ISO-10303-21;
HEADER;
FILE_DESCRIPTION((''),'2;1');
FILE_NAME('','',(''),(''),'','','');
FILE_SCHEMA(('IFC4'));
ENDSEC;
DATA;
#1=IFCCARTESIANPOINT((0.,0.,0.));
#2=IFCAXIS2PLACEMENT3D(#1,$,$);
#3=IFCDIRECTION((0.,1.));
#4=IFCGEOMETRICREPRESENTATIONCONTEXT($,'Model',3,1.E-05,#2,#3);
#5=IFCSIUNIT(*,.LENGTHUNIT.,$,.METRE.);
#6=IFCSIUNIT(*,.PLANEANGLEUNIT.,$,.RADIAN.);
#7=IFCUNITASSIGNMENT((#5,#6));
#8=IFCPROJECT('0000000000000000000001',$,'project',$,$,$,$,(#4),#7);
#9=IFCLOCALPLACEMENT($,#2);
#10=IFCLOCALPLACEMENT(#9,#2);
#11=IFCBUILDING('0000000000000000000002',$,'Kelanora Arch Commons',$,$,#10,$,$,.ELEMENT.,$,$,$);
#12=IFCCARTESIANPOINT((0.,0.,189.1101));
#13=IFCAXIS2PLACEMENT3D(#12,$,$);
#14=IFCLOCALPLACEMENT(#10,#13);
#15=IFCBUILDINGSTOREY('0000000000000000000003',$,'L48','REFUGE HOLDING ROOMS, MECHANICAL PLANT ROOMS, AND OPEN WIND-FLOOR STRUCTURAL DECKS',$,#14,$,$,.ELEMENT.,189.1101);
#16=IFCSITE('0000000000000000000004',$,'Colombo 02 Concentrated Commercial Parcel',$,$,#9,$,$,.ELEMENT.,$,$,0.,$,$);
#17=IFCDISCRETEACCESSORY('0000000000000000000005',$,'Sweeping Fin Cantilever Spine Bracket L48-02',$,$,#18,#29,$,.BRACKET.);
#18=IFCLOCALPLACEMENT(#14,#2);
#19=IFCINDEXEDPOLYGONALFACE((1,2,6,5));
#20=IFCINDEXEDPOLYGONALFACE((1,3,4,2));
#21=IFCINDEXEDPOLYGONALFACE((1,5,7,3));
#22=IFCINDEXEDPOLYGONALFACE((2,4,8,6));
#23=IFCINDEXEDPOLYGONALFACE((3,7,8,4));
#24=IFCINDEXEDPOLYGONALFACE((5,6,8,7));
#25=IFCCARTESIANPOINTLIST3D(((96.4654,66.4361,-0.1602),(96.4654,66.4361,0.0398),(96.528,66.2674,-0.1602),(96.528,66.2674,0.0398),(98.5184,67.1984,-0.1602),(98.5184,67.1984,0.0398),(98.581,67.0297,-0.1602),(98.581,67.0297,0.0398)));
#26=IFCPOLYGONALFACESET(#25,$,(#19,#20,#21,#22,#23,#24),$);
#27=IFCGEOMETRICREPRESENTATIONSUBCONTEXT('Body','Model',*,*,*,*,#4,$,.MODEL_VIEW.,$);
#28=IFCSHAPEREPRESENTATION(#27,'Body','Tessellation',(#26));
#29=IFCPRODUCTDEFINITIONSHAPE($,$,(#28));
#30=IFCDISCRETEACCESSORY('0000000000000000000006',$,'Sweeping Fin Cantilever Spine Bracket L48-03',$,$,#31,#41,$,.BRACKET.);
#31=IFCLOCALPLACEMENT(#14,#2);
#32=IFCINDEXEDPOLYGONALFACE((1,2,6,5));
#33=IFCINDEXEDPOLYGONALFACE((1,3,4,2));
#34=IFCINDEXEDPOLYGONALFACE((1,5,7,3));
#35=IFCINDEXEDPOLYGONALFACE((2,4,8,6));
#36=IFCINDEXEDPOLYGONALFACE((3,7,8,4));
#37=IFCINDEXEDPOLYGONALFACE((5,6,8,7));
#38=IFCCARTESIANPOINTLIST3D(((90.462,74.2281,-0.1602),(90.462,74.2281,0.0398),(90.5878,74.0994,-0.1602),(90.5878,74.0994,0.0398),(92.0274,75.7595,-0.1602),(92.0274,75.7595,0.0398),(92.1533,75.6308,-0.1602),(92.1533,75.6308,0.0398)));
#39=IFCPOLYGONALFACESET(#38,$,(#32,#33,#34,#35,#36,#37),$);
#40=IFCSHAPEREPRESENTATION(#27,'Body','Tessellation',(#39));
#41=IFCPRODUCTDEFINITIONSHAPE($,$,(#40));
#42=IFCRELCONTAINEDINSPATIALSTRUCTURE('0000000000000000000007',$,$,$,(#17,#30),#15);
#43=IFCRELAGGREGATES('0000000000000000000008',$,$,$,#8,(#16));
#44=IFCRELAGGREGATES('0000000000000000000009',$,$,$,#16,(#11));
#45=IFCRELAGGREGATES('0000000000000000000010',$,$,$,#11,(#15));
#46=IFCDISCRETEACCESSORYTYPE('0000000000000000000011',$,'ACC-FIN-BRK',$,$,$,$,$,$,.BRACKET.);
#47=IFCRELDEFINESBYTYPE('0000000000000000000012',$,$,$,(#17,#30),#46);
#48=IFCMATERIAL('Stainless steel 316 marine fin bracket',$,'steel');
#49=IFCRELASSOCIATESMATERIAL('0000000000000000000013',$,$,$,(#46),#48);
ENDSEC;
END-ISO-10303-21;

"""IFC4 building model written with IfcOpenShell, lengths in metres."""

from ifc_helpers import new_model, si_unit, direction, frame, origin, origin_2d, place, context, subcontext, project, spatial, rectangle, extrude, source, transform, mapped, material, type_object, element, save


model = new_model("IFC4")

# Units and contexts
model_context = context("Model", 3, precision=1e-05, world=origin(), true_north=direction((0.0, 1.0)))
body_context = subcontext(model_context, "Body", "Model", "MODEL_VIEW")
ifc_project = project(units=[si_unit("LENGTHUNIT", "METRE"), si_unit("PLANEANGLEUNIT", "RADIAN")], contexts=[model_context])

# Site, building, storey
site_placement = place(None, origin())
site = spatial("IfcSite", under=ifc_project, at=site_placement, Name="Colombo 02 Concentrated Commercial Parcel", CompositionType="ELEMENT", RefElevation=0.0)
building_placement = place(site_placement, origin())
building = spatial("IfcBuilding", under=site, at=building_placement, Name="Kelanora Arch Commons", CompositionType="ELEMENT")
storey_placement = place(building_placement, frame((0.0, 0.0, 189.1101)))
storey = spatial("IfcBuildingStorey", under=building, at=storey_placement, Name="L48", Description="REFUGE HOLDING ROOMS, MECHANICAL PLANT ROOMS, AND OPEN WIND-FLOOR STRUCTURAL DECKS", CompositionType="ELEMENT", Elevation=189.1101)

# Discrete accessories
ifc_material_1 = material(Name="Stainless steel 316 marine fin bracket", Category="steel")
discrete_accessory_type_1 = type_object("IfcDiscreteAccessoryType", Name="ACC-FIN-BRK", PredefinedType="BRACKET", material=ifc_material_1)
shared_shape_1 = source(origin(), body_context, "Body", "SweptSolid", [
    extrude(rectangle(XDim=2.1899, YDim=0.1799, at=origin_2d()), origin(), (0.0, 0.0, 1.0), 0.2),
])
for number, where, z_axis, x_axis, name in (
    (1, (97.5232, 66.7329, -0.1602), (0.0, 0.0, 1.0), (0.937464, 0.348081, 0.0), "Sweeping Fin Cantilever Spine Bracket L48-02"),
    (2, (91.3076, 74.9294, -0.1602), (0.0, 0.0, 1.0), (0.714839, 0.699289, 0.0), "Sweeping Fin Cantilever Spine Bracket L48-03"),
):
    element("IfcDiscreteAccessory", number, at=place(storey_placement, frame(where, z_axis=z_axis, x_axis=x_axis)), inside=storey, type_object=discrete_accessory_type_1, Name=name, PredefinedType="BRACKET", context=body_context, shape_type="MappedRepresentation", body=[
        mapped(shared_shape_1, transform((0.0, 0.0, 0.0), scale=1.0)),
    ])

save(model, "model.ifc")
